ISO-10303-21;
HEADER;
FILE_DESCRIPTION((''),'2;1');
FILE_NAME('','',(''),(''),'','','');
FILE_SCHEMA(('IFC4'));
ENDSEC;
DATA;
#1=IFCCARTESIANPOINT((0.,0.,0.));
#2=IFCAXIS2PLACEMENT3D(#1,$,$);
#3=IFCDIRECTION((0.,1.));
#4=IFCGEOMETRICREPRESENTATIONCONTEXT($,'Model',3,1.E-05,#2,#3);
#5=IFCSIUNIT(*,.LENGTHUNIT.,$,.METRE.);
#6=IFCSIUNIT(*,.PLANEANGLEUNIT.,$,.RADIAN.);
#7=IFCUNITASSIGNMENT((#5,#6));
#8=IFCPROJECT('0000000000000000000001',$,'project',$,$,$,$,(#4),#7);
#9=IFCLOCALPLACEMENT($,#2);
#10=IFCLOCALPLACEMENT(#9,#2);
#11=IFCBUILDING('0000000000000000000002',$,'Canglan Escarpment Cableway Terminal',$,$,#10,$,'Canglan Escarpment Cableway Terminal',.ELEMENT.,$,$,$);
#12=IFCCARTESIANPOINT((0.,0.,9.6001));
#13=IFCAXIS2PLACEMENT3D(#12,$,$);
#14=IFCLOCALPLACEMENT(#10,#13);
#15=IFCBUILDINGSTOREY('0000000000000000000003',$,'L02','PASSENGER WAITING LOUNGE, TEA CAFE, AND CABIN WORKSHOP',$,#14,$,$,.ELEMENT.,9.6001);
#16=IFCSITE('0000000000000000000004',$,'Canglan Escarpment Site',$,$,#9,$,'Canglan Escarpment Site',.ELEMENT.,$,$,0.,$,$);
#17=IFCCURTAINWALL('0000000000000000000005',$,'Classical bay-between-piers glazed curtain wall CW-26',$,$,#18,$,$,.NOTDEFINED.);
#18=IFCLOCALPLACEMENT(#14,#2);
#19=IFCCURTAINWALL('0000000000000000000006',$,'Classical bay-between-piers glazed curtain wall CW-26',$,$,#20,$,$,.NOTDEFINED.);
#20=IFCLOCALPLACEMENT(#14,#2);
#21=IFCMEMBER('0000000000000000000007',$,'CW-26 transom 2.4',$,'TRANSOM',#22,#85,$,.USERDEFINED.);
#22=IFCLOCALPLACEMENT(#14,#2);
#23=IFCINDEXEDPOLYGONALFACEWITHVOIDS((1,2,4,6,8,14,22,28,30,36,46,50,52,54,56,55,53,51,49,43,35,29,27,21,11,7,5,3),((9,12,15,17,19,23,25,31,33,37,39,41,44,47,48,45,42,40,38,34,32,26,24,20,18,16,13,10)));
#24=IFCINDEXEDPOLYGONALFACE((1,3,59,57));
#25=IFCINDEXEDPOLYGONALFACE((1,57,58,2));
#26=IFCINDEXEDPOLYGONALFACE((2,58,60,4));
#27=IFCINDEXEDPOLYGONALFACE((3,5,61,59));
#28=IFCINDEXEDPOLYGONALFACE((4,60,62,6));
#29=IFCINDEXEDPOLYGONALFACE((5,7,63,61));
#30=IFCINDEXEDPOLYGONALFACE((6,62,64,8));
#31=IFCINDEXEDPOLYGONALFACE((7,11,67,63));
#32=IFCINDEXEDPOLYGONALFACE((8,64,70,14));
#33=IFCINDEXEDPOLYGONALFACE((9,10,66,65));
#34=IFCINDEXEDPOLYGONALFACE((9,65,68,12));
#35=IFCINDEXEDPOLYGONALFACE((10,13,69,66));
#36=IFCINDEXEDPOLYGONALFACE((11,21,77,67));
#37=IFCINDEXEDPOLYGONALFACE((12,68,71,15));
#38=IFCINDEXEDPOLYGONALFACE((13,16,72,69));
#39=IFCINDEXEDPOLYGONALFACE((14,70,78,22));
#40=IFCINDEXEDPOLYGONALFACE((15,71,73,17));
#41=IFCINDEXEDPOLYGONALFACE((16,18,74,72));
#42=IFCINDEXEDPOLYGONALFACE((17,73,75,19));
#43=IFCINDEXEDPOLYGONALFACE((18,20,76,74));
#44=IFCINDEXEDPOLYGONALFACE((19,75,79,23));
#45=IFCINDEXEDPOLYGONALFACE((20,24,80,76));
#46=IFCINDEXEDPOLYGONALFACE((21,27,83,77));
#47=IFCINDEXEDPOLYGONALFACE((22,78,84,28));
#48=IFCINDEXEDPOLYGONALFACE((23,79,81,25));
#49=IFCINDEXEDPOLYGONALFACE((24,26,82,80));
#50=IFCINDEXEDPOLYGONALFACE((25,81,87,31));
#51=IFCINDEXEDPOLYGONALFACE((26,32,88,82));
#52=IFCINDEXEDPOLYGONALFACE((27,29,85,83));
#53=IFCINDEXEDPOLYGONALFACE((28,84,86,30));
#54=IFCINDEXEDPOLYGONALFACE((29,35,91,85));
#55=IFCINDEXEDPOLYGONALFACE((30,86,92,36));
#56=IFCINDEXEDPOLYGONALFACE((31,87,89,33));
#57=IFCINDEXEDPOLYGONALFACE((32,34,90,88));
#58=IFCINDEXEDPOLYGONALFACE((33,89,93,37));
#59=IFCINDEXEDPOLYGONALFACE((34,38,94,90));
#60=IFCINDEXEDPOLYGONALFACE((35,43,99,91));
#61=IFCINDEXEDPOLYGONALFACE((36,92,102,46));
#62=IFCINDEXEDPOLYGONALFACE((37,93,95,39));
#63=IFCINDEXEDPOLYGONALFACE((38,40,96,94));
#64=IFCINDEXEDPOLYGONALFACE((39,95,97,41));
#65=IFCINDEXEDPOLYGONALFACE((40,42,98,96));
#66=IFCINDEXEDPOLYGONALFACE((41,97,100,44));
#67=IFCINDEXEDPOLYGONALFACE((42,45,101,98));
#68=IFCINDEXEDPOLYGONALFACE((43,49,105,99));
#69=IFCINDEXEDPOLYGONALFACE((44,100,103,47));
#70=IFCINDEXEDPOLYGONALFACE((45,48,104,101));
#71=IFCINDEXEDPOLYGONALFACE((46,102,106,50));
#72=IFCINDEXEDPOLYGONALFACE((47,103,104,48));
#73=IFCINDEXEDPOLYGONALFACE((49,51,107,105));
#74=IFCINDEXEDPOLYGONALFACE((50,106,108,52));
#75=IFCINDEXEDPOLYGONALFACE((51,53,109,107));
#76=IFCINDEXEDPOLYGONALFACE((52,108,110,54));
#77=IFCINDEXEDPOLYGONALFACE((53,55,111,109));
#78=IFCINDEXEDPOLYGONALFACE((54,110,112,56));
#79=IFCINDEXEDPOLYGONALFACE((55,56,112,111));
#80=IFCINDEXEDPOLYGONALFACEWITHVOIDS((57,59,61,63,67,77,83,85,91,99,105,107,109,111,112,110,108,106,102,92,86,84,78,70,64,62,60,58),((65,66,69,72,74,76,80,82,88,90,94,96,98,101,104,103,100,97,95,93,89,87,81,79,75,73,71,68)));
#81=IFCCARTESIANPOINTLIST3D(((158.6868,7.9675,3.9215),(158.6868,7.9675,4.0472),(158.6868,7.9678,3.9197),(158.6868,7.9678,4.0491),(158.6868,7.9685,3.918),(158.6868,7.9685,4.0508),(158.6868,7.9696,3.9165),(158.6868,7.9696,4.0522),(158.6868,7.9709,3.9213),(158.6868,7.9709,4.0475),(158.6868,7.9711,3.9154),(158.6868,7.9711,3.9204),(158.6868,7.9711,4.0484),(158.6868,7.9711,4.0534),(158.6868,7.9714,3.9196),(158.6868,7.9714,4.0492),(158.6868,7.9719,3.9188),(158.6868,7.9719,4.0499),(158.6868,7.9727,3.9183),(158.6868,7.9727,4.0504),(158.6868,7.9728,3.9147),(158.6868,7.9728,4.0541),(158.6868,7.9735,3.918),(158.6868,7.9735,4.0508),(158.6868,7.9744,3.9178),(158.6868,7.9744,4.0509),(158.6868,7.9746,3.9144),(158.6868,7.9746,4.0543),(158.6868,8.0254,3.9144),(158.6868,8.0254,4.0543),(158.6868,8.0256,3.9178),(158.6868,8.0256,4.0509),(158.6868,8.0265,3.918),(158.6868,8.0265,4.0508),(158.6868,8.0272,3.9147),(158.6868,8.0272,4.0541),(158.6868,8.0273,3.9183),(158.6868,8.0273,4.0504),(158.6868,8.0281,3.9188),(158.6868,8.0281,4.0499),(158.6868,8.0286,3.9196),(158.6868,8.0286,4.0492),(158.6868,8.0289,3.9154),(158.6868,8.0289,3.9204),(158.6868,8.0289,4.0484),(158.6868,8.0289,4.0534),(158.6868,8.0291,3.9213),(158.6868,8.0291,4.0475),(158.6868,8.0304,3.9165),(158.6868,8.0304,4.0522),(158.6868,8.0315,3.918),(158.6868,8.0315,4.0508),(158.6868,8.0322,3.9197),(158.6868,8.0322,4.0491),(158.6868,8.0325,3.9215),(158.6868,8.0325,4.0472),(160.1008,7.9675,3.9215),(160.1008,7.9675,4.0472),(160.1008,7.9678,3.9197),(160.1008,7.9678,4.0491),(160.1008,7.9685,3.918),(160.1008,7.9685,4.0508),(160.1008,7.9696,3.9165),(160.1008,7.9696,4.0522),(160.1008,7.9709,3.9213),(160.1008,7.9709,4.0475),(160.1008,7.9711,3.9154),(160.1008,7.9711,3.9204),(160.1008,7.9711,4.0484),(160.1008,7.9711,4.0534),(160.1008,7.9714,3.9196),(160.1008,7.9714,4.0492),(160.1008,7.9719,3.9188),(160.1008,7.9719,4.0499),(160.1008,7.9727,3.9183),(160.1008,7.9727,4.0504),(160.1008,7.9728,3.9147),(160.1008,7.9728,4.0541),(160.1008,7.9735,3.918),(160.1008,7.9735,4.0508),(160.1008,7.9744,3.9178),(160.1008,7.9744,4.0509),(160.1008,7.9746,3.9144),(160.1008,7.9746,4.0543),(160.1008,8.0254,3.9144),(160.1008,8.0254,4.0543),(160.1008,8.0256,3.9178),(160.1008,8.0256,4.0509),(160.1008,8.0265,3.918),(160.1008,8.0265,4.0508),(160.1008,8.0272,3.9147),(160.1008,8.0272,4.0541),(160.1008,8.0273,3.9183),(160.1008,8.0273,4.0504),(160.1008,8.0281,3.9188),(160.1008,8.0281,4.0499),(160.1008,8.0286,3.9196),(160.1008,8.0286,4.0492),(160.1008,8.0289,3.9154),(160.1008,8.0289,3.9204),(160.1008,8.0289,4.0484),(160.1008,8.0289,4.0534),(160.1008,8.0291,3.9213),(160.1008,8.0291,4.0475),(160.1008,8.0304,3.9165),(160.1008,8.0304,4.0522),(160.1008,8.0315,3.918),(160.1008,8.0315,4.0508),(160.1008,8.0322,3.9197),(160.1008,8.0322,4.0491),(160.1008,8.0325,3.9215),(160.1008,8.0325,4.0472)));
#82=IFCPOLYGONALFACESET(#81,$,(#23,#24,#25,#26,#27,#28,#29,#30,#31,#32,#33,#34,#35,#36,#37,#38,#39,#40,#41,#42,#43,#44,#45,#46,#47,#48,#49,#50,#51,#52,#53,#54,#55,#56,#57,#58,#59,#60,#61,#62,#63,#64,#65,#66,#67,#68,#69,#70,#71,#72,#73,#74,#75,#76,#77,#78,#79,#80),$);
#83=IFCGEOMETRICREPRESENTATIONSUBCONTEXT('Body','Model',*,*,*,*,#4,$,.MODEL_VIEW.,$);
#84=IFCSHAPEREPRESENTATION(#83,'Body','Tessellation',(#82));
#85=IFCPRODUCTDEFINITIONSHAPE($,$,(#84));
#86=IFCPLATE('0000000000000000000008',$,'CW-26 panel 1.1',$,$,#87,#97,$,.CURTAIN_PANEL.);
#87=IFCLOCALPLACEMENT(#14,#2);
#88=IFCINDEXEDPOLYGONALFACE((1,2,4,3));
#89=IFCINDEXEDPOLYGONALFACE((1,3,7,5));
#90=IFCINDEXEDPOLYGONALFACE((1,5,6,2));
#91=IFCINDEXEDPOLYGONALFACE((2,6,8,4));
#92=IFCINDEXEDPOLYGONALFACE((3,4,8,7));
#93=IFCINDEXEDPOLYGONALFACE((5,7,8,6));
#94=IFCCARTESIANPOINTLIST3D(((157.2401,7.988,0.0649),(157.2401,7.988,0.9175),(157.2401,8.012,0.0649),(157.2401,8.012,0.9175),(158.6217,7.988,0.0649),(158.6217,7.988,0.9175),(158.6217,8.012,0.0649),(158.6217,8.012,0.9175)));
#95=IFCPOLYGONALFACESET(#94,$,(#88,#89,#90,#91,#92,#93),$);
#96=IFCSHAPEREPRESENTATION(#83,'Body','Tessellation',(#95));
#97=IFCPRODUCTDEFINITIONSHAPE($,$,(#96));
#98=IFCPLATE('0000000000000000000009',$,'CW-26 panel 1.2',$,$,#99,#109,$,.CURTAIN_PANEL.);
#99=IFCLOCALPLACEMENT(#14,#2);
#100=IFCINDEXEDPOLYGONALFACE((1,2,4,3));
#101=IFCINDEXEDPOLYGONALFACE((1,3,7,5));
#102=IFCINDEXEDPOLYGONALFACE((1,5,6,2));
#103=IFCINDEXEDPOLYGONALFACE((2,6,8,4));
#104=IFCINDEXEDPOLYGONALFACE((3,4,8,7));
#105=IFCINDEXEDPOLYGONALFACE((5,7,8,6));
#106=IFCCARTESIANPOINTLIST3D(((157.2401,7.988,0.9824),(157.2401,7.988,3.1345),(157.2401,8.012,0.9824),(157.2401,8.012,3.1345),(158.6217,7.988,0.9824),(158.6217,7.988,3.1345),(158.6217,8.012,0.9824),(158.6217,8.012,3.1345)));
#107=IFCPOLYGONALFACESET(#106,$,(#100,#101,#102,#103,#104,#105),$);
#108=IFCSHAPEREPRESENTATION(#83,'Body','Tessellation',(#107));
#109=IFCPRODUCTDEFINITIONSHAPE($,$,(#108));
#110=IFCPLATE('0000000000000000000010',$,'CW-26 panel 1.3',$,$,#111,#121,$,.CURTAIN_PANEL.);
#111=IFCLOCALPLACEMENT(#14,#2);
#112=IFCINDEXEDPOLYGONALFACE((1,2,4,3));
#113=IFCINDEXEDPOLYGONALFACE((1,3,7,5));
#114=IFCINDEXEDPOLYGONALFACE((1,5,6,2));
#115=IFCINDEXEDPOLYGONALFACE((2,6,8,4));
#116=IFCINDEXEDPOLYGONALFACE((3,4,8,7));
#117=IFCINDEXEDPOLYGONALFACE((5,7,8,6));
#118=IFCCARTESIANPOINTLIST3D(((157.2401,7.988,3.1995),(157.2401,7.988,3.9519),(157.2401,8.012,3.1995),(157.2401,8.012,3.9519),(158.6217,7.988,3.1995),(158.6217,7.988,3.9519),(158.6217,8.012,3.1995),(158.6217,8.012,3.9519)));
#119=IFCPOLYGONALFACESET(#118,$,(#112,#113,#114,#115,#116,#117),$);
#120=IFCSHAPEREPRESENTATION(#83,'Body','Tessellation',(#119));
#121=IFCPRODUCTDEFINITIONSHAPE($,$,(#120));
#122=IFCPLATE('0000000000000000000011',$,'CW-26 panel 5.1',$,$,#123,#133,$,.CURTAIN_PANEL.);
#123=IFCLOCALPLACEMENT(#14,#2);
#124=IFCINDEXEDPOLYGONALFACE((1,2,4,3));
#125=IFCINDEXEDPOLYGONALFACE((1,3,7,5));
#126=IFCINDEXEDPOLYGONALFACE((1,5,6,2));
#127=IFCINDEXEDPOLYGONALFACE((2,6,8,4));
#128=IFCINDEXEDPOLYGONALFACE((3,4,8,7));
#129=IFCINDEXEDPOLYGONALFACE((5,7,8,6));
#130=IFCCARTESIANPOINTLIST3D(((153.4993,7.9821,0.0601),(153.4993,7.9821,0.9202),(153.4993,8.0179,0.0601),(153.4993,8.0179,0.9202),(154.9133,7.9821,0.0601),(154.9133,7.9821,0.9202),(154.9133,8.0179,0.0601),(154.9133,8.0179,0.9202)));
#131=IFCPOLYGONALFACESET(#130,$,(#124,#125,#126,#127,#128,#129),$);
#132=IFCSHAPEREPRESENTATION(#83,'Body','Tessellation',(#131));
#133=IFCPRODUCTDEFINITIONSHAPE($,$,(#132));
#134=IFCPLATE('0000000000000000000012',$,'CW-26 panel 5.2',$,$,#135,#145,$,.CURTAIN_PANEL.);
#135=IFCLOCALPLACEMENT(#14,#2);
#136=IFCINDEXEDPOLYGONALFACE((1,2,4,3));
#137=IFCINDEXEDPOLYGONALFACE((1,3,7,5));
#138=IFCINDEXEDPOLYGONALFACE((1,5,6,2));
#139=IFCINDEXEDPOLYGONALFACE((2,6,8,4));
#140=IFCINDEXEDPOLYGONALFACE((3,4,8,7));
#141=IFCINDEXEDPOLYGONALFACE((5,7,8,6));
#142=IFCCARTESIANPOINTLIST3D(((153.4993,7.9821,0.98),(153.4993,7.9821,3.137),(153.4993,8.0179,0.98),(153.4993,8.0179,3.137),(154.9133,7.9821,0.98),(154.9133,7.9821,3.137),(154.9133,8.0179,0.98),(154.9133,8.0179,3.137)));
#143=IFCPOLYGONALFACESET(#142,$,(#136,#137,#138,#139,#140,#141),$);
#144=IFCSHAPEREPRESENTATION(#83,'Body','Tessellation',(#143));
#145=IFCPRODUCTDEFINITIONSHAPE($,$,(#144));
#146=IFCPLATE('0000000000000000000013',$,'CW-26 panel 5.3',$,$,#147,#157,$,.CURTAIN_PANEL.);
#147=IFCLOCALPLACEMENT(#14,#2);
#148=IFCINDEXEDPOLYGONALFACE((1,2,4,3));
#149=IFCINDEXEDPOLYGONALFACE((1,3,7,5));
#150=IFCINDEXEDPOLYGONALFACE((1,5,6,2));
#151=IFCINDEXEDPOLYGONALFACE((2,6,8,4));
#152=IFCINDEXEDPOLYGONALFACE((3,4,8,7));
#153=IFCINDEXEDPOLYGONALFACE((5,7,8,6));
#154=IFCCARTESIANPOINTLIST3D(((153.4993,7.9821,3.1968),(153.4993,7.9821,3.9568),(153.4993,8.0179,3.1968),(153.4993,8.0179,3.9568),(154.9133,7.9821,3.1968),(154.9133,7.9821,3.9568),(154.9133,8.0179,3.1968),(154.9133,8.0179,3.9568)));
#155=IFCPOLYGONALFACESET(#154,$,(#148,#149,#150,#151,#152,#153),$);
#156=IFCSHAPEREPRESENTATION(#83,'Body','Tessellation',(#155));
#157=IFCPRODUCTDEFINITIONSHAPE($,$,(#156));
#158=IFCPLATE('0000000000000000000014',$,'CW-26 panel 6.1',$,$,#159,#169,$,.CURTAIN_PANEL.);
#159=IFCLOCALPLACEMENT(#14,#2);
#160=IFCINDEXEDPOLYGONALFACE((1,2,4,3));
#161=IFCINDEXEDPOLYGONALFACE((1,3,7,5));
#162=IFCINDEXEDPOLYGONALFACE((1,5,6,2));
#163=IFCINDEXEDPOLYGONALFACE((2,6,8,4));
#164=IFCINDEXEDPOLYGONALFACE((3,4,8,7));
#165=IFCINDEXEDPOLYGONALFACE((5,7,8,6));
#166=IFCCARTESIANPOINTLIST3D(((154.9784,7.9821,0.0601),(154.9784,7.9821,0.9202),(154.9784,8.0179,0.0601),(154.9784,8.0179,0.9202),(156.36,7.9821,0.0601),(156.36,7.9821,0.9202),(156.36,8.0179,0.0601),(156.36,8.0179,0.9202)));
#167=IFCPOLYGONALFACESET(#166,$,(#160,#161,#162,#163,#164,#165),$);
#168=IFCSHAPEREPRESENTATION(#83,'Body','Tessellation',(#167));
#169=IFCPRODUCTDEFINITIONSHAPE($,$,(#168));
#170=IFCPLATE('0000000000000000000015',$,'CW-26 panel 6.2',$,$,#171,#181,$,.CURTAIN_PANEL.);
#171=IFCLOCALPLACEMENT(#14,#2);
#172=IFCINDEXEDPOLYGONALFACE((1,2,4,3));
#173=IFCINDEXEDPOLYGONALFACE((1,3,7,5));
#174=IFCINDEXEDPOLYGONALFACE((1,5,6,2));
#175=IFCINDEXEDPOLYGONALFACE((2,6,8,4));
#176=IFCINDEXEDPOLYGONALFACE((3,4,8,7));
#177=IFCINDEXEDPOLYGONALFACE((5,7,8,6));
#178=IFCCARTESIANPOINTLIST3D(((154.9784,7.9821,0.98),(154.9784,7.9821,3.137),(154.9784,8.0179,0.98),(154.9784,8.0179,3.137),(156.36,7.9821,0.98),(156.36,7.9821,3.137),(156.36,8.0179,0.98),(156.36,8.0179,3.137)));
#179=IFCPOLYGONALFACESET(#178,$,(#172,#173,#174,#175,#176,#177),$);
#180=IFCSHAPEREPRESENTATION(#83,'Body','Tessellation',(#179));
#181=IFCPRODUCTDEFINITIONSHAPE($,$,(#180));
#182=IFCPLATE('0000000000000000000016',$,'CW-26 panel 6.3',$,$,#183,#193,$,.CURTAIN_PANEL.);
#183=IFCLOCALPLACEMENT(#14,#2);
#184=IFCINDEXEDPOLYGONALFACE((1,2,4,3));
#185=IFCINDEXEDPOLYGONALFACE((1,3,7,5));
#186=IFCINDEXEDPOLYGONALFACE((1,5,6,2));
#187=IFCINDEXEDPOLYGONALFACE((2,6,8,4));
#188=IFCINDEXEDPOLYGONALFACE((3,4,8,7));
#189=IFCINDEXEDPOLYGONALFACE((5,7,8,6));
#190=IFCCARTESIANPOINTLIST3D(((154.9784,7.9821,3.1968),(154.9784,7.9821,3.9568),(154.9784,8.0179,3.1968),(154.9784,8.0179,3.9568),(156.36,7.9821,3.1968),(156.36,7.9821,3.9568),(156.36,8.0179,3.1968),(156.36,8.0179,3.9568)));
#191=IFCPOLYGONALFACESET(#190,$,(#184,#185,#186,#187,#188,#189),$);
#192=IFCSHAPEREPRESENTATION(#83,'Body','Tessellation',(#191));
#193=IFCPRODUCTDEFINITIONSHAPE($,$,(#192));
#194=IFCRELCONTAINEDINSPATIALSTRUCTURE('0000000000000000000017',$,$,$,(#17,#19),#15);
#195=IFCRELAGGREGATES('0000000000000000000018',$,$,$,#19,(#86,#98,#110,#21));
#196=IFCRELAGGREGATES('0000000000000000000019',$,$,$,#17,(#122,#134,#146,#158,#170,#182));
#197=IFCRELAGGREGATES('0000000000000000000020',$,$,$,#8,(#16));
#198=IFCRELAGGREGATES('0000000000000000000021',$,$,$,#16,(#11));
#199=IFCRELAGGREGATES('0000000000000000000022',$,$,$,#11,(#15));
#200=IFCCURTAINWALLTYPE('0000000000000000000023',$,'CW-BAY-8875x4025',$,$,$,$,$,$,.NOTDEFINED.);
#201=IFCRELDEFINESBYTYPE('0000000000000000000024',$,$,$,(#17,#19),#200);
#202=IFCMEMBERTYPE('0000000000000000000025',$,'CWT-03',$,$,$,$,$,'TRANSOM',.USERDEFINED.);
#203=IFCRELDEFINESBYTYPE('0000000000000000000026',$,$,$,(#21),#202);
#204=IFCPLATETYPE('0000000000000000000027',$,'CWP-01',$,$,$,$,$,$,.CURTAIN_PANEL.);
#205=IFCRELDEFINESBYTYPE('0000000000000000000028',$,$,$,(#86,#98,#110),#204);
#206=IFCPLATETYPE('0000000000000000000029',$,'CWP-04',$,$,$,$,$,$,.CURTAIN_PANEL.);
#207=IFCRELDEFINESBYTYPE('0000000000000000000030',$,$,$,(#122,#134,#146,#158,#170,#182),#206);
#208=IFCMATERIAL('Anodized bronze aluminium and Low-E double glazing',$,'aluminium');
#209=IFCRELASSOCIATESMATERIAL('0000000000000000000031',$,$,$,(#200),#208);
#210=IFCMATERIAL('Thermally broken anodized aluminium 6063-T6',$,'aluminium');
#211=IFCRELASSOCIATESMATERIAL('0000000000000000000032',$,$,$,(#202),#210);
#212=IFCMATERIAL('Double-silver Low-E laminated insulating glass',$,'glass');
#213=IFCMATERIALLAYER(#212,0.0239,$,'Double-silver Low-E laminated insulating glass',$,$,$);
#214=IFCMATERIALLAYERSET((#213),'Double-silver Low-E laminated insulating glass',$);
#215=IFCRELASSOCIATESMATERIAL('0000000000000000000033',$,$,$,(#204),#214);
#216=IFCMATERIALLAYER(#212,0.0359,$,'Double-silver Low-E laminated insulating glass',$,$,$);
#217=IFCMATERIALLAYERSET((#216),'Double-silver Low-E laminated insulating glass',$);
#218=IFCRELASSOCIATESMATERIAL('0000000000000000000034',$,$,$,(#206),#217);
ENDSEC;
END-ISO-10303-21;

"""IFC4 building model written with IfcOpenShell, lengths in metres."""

from ifc_helpers import new_model, si_unit, direction, frame, origin, origin_2d, place, context, subcontext, project, spatial, rectangle, hollow_rectangle, extrude, material, layer, layer_set, material_profile, profile_set, type_object, element, aggregate, save


model = new_model("IFC4")

# Units and contexts
model_context = context("Model", 3, precision=1e-05, world=origin(), true_north=direction((0.0, 1.0)))
body_context = subcontext(model_context, "Body", "Model", "MODEL_VIEW")
ifc_project = project(units=[si_unit("LENGTHUNIT", "METRE"), si_unit("PLANEANGLEUNIT", "RADIAN")], contexts=[model_context])

# Site, building, storey
site_placement = place(None, origin())
site = spatial("IfcSite", under=ifc_project, at=site_placement, Name="Canglan Escarpment Site", LongName="Canglan Escarpment Site", CompositionType="ELEMENT", RefElevation=0.0)
building_placement = place(site_placement, origin())
building = spatial("IfcBuilding", under=site, at=building_placement, Name="Canglan Escarpment Cableway Terminal", LongName="Canglan Escarpment Cableway Terminal", CompositionType="ELEMENT")
storey_placement = place(building_placement, frame((0.0, 0.0, 9.6001)))
storey = spatial("IfcBuildingStorey", under=building, at=storey_placement, Name="L02", Description="PASSENGER WAITING LOUNGE, TEA CAFE, AND CABIN WORKSHOP", CompositionType="ELEMENT", Elevation=9.6001)

# Curtain walls
ifc_material_1 = material(Name="Anodized bronze aluminium and Low-E double glazing", Category="aluminium")
curtain_wall_type = type_object("IfcCurtainWallType", Name="CW-BAY-8875x4025", PredefinedType="NOTDEFINED", material=ifc_material_1)
curtain_wall_1_placement = place(storey_placement, origin())
curtain_wall_1 = element("IfcCurtainWall", 1, at=curtain_wall_1_placement, inside=storey, type_object=curtain_wall_type, Name="Classical bay-between-piers glazed curtain wall CW-26", PredefinedType="NOTDEFINED")
ifc_material_2 = material(Name="Thermally broken anodized aluminium 6063-T6", Category="aluminium")
curtain_wall_2_placement = place(storey_placement, origin())
curtain_wall_2 = element("IfcCurtainWall", 2, at=curtain_wall_2_placement, inside=storey, type_object=curtain_wall_type, Name="Classical bay-between-piers glazed curtain wall CW-26", PredefinedType="NOTDEFINED")

# Member
ifc_material_profile_1 = material_profile(ifc_material_2, hollow_rectangle(XDim=0.0649, YDim=0.1399, WallThickness=0.0034, InnerFilletRadius=0.0034, OuterFilletRadius=0.0071, at=origin_2d()), Name="ALU-TRAN 65x140x3.5")
ifc_profile_set_1 = profile_set([ifc_material_profile_1], Name="Thermally broken anodized aluminium 6063-T6")
member_type_1 = type_object("IfcMemberType", Name="CWT-03", ElementType="TRANSOM", PredefinedType="USERDEFINED", material=ifc_profile_set_1)
member_1_placement = place(storey_placement, frame((158.6868, 8.0, 3.9844), z_axis=(1.0, 0.0, 0.0), x_axis=(0.0, 1.0, 0.0)))
member_1 = element("IfcMember", 3, at=member_1_placement, type_object=member_type_1, Name="CW-26 transom 2.4", ObjectType="TRANSOM", PredefinedType="USERDEFINED", context=body_context, shape_type="SweptSolid", body=[
    extrude(hollow_rectangle(XDim=0.0649, YDim=0.1399, WallThickness=0.0034, InnerFilletRadius=0.0034, OuterFilletRadius=0.0071, at=origin_2d()), origin(), (0.0, 0.0, 1.0), 1.4141),
])

# Plates
ifc_material_3 = material(Name="Double-silver Low-E laminated insulating glass", Category="glass")
ifc_layer_1 = layer(ifc_material_3, 0.0239, Name="Double-silver Low-E laminated insulating glass")
ifc_layer_set_1 = layer_set([ifc_layer_1], Name="Double-silver Low-E laminated insulating glass")
plate_type_1 = type_object("IfcPlateType", Name="CWP-01", PredefinedType="CURTAIN_PANEL", material=ifc_layer_set_1)
plate_1_placement = place(storey_placement, frame((157.9309, 8.0, 0.0649), z_axis=(0.0, 0.0, 1.0), x_axis=(1.0, 0.0, 0.0)))
plate_1 = element("IfcPlate", 4, at=plate_1_placement, type_object=plate_type_1, Name="CW-26 panel 1.1", PredefinedType="CURTAIN_PANEL", context=body_context, shape_type="SweptSolid", body=[
    extrude(rectangle(XDim=1.3816, YDim=0.0239, at=origin_2d()), origin(), (0.0, 0.0, 1.0), 0.8525),
])
plate_2_placement = place(storey_placement, frame((157.9309, 8.0, 0.9824), z_axis=(0.0, 0.0, 1.0), x_axis=(1.0, 0.0, 0.0)))
plate_2 = element("IfcPlate", 5, at=plate_2_placement, type_object=plate_type_1, Name="CW-26 panel 1.2", PredefinedType="CURTAIN_PANEL", context=body_context, shape_type="SweptSolid", body=[
    extrude(rectangle(XDim=1.3816, YDim=0.0239, at=origin_2d()), origin(), (0.0, 0.0, 1.0), 2.1521),
])
plate_3_placement = place(storey_placement, frame((157.9309, 8.0, 3.1995), z_axis=(0.0, 0.0, 1.0), x_axis=(1.0, 0.0, 0.0)))
plate_3 = element("IfcPlate", 6, at=plate_3_placement, type_object=plate_type_1, Name="CW-26 panel 1.3", PredefinedType="CURTAIN_PANEL", context=body_context, shape_type="SweptSolid", body=[
    extrude(rectangle(XDim=1.3816, YDim=0.0239, at=origin_2d()), origin(), (0.0, 0.0, 1.0), 0.7524),
])
aggregate(curtain_wall_2, [plate_1, plate_2, plate_3, member_1])
ifc_layer_2 = layer(ifc_material_3, 0.0359, Name="Double-silver Low-E laminated insulating glass")
ifc_layer_set_2 = layer_set([ifc_layer_2], Name="Double-silver Low-E laminated insulating glass")
plate_type_2 = type_object("IfcPlateType", Name="CWP-04", PredefinedType="CURTAIN_PANEL", material=ifc_layer_set_2)
plate_4_placement = place(storey_placement, frame((154.2063, 8.0, 0.0601), z_axis=(0.0, 0.0, 1.0), x_axis=(1.0, 0.0, 0.0)))
plate_4 = element("IfcPlate", 7, at=plate_4_placement, type_object=plate_type_2, Name="CW-26 panel 5.1", PredefinedType="CURTAIN_PANEL", context=body_context, shape_type="SweptSolid", body=[
    extrude(rectangle(XDim=1.4141, YDim=0.0359, at=origin_2d()), origin(), (0.0, 0.0, 1.0), 0.8601),
])
plate_5_placement = place(storey_placement, frame((154.2063, 8.0, 0.98), z_axis=(0.0, 0.0, 1.0), x_axis=(1.0, 0.0, 0.0)))
plate_5 = element("IfcPlate", 8, at=plate_5_placement, type_object=plate_type_2, Name="CW-26 panel 5.2", PredefinedType="CURTAIN_PANEL", context=body_context, shape_type="SweptSolid", body=[
    extrude(rectangle(XDim=1.4141, YDim=0.0359, at=origin_2d()), origin(), (0.0, 0.0, 1.0), 2.157),
])
plate_6_placement = place(storey_placement, frame((154.2063, 8.0, 3.1968), z_axis=(0.0, 0.0, 1.0), x_axis=(1.0, 0.0, 0.0)))
plate_6 = element("IfcPlate", 9, at=plate_6_placement, type_object=plate_type_2, Name="CW-26 panel 5.3", PredefinedType="CURTAIN_PANEL", context=body_context, shape_type="SweptSolid", body=[
    extrude(rectangle(XDim=1.4141, YDim=0.0359, at=origin_2d()), origin(), (0.0, 0.0, 1.0), 0.76),
])
plate_7_placement = place(storey_placement, frame((155.6692, 8.0, 0.0601), z_axis=(0.0, 0.0, 1.0), x_axis=(1.0, 0.0, 0.0)))
plate_7 = element("IfcPlate", 10, at=plate_7_placement, type_object=plate_type_2, Name="CW-26 panel 6.1", PredefinedType="CURTAIN_PANEL", context=body_context, shape_type="SweptSolid", body=[
    extrude(rectangle(XDim=1.3816, YDim=0.0359, at=origin_2d()), origin(), (0.0, 0.0, 1.0), 0.8601),
])
plate_8_placement = place(storey_placement, frame((155.6692, 8.0, 0.98), z_axis=(0.0, 0.0, 1.0), x_axis=(1.0, 0.0, 0.0)))
plate_8 = element("IfcPlate", 11, at=plate_8_placement, type_object=plate_type_2, Name="CW-26 panel 6.2", PredefinedType="CURTAIN_PANEL", context=body_context, shape_type="SweptSolid", body=[
    extrude(rectangle(XDim=1.3816, YDim=0.0359, at=origin_2d()), origin(), (0.0, 0.0, 1.0), 2.157),
])
plate_9_placement = place(storey_placement, frame((155.6692, 8.0, 3.1968), z_axis=(0.0, 0.0, 1.0), x_axis=(1.0, 0.0, 0.0)))
plate_9 = element("IfcPlate", 12, at=plate_9_placement, type_object=plate_type_2, Name="CW-26 panel 6.3", PredefinedType="CURTAIN_PANEL", context=body_context, shape_type="SweptSolid", body=[
    extrude(rectangle(XDim=1.3816, YDim=0.0359, at=origin_2d()), origin(), (0.0, 0.0, 1.0), 0.76),
])
aggregate(curtain_wall_1, [plate_4, plate_5, plate_6, plate_7, plate_8, plate_9])

save(model, "model.ifc")
